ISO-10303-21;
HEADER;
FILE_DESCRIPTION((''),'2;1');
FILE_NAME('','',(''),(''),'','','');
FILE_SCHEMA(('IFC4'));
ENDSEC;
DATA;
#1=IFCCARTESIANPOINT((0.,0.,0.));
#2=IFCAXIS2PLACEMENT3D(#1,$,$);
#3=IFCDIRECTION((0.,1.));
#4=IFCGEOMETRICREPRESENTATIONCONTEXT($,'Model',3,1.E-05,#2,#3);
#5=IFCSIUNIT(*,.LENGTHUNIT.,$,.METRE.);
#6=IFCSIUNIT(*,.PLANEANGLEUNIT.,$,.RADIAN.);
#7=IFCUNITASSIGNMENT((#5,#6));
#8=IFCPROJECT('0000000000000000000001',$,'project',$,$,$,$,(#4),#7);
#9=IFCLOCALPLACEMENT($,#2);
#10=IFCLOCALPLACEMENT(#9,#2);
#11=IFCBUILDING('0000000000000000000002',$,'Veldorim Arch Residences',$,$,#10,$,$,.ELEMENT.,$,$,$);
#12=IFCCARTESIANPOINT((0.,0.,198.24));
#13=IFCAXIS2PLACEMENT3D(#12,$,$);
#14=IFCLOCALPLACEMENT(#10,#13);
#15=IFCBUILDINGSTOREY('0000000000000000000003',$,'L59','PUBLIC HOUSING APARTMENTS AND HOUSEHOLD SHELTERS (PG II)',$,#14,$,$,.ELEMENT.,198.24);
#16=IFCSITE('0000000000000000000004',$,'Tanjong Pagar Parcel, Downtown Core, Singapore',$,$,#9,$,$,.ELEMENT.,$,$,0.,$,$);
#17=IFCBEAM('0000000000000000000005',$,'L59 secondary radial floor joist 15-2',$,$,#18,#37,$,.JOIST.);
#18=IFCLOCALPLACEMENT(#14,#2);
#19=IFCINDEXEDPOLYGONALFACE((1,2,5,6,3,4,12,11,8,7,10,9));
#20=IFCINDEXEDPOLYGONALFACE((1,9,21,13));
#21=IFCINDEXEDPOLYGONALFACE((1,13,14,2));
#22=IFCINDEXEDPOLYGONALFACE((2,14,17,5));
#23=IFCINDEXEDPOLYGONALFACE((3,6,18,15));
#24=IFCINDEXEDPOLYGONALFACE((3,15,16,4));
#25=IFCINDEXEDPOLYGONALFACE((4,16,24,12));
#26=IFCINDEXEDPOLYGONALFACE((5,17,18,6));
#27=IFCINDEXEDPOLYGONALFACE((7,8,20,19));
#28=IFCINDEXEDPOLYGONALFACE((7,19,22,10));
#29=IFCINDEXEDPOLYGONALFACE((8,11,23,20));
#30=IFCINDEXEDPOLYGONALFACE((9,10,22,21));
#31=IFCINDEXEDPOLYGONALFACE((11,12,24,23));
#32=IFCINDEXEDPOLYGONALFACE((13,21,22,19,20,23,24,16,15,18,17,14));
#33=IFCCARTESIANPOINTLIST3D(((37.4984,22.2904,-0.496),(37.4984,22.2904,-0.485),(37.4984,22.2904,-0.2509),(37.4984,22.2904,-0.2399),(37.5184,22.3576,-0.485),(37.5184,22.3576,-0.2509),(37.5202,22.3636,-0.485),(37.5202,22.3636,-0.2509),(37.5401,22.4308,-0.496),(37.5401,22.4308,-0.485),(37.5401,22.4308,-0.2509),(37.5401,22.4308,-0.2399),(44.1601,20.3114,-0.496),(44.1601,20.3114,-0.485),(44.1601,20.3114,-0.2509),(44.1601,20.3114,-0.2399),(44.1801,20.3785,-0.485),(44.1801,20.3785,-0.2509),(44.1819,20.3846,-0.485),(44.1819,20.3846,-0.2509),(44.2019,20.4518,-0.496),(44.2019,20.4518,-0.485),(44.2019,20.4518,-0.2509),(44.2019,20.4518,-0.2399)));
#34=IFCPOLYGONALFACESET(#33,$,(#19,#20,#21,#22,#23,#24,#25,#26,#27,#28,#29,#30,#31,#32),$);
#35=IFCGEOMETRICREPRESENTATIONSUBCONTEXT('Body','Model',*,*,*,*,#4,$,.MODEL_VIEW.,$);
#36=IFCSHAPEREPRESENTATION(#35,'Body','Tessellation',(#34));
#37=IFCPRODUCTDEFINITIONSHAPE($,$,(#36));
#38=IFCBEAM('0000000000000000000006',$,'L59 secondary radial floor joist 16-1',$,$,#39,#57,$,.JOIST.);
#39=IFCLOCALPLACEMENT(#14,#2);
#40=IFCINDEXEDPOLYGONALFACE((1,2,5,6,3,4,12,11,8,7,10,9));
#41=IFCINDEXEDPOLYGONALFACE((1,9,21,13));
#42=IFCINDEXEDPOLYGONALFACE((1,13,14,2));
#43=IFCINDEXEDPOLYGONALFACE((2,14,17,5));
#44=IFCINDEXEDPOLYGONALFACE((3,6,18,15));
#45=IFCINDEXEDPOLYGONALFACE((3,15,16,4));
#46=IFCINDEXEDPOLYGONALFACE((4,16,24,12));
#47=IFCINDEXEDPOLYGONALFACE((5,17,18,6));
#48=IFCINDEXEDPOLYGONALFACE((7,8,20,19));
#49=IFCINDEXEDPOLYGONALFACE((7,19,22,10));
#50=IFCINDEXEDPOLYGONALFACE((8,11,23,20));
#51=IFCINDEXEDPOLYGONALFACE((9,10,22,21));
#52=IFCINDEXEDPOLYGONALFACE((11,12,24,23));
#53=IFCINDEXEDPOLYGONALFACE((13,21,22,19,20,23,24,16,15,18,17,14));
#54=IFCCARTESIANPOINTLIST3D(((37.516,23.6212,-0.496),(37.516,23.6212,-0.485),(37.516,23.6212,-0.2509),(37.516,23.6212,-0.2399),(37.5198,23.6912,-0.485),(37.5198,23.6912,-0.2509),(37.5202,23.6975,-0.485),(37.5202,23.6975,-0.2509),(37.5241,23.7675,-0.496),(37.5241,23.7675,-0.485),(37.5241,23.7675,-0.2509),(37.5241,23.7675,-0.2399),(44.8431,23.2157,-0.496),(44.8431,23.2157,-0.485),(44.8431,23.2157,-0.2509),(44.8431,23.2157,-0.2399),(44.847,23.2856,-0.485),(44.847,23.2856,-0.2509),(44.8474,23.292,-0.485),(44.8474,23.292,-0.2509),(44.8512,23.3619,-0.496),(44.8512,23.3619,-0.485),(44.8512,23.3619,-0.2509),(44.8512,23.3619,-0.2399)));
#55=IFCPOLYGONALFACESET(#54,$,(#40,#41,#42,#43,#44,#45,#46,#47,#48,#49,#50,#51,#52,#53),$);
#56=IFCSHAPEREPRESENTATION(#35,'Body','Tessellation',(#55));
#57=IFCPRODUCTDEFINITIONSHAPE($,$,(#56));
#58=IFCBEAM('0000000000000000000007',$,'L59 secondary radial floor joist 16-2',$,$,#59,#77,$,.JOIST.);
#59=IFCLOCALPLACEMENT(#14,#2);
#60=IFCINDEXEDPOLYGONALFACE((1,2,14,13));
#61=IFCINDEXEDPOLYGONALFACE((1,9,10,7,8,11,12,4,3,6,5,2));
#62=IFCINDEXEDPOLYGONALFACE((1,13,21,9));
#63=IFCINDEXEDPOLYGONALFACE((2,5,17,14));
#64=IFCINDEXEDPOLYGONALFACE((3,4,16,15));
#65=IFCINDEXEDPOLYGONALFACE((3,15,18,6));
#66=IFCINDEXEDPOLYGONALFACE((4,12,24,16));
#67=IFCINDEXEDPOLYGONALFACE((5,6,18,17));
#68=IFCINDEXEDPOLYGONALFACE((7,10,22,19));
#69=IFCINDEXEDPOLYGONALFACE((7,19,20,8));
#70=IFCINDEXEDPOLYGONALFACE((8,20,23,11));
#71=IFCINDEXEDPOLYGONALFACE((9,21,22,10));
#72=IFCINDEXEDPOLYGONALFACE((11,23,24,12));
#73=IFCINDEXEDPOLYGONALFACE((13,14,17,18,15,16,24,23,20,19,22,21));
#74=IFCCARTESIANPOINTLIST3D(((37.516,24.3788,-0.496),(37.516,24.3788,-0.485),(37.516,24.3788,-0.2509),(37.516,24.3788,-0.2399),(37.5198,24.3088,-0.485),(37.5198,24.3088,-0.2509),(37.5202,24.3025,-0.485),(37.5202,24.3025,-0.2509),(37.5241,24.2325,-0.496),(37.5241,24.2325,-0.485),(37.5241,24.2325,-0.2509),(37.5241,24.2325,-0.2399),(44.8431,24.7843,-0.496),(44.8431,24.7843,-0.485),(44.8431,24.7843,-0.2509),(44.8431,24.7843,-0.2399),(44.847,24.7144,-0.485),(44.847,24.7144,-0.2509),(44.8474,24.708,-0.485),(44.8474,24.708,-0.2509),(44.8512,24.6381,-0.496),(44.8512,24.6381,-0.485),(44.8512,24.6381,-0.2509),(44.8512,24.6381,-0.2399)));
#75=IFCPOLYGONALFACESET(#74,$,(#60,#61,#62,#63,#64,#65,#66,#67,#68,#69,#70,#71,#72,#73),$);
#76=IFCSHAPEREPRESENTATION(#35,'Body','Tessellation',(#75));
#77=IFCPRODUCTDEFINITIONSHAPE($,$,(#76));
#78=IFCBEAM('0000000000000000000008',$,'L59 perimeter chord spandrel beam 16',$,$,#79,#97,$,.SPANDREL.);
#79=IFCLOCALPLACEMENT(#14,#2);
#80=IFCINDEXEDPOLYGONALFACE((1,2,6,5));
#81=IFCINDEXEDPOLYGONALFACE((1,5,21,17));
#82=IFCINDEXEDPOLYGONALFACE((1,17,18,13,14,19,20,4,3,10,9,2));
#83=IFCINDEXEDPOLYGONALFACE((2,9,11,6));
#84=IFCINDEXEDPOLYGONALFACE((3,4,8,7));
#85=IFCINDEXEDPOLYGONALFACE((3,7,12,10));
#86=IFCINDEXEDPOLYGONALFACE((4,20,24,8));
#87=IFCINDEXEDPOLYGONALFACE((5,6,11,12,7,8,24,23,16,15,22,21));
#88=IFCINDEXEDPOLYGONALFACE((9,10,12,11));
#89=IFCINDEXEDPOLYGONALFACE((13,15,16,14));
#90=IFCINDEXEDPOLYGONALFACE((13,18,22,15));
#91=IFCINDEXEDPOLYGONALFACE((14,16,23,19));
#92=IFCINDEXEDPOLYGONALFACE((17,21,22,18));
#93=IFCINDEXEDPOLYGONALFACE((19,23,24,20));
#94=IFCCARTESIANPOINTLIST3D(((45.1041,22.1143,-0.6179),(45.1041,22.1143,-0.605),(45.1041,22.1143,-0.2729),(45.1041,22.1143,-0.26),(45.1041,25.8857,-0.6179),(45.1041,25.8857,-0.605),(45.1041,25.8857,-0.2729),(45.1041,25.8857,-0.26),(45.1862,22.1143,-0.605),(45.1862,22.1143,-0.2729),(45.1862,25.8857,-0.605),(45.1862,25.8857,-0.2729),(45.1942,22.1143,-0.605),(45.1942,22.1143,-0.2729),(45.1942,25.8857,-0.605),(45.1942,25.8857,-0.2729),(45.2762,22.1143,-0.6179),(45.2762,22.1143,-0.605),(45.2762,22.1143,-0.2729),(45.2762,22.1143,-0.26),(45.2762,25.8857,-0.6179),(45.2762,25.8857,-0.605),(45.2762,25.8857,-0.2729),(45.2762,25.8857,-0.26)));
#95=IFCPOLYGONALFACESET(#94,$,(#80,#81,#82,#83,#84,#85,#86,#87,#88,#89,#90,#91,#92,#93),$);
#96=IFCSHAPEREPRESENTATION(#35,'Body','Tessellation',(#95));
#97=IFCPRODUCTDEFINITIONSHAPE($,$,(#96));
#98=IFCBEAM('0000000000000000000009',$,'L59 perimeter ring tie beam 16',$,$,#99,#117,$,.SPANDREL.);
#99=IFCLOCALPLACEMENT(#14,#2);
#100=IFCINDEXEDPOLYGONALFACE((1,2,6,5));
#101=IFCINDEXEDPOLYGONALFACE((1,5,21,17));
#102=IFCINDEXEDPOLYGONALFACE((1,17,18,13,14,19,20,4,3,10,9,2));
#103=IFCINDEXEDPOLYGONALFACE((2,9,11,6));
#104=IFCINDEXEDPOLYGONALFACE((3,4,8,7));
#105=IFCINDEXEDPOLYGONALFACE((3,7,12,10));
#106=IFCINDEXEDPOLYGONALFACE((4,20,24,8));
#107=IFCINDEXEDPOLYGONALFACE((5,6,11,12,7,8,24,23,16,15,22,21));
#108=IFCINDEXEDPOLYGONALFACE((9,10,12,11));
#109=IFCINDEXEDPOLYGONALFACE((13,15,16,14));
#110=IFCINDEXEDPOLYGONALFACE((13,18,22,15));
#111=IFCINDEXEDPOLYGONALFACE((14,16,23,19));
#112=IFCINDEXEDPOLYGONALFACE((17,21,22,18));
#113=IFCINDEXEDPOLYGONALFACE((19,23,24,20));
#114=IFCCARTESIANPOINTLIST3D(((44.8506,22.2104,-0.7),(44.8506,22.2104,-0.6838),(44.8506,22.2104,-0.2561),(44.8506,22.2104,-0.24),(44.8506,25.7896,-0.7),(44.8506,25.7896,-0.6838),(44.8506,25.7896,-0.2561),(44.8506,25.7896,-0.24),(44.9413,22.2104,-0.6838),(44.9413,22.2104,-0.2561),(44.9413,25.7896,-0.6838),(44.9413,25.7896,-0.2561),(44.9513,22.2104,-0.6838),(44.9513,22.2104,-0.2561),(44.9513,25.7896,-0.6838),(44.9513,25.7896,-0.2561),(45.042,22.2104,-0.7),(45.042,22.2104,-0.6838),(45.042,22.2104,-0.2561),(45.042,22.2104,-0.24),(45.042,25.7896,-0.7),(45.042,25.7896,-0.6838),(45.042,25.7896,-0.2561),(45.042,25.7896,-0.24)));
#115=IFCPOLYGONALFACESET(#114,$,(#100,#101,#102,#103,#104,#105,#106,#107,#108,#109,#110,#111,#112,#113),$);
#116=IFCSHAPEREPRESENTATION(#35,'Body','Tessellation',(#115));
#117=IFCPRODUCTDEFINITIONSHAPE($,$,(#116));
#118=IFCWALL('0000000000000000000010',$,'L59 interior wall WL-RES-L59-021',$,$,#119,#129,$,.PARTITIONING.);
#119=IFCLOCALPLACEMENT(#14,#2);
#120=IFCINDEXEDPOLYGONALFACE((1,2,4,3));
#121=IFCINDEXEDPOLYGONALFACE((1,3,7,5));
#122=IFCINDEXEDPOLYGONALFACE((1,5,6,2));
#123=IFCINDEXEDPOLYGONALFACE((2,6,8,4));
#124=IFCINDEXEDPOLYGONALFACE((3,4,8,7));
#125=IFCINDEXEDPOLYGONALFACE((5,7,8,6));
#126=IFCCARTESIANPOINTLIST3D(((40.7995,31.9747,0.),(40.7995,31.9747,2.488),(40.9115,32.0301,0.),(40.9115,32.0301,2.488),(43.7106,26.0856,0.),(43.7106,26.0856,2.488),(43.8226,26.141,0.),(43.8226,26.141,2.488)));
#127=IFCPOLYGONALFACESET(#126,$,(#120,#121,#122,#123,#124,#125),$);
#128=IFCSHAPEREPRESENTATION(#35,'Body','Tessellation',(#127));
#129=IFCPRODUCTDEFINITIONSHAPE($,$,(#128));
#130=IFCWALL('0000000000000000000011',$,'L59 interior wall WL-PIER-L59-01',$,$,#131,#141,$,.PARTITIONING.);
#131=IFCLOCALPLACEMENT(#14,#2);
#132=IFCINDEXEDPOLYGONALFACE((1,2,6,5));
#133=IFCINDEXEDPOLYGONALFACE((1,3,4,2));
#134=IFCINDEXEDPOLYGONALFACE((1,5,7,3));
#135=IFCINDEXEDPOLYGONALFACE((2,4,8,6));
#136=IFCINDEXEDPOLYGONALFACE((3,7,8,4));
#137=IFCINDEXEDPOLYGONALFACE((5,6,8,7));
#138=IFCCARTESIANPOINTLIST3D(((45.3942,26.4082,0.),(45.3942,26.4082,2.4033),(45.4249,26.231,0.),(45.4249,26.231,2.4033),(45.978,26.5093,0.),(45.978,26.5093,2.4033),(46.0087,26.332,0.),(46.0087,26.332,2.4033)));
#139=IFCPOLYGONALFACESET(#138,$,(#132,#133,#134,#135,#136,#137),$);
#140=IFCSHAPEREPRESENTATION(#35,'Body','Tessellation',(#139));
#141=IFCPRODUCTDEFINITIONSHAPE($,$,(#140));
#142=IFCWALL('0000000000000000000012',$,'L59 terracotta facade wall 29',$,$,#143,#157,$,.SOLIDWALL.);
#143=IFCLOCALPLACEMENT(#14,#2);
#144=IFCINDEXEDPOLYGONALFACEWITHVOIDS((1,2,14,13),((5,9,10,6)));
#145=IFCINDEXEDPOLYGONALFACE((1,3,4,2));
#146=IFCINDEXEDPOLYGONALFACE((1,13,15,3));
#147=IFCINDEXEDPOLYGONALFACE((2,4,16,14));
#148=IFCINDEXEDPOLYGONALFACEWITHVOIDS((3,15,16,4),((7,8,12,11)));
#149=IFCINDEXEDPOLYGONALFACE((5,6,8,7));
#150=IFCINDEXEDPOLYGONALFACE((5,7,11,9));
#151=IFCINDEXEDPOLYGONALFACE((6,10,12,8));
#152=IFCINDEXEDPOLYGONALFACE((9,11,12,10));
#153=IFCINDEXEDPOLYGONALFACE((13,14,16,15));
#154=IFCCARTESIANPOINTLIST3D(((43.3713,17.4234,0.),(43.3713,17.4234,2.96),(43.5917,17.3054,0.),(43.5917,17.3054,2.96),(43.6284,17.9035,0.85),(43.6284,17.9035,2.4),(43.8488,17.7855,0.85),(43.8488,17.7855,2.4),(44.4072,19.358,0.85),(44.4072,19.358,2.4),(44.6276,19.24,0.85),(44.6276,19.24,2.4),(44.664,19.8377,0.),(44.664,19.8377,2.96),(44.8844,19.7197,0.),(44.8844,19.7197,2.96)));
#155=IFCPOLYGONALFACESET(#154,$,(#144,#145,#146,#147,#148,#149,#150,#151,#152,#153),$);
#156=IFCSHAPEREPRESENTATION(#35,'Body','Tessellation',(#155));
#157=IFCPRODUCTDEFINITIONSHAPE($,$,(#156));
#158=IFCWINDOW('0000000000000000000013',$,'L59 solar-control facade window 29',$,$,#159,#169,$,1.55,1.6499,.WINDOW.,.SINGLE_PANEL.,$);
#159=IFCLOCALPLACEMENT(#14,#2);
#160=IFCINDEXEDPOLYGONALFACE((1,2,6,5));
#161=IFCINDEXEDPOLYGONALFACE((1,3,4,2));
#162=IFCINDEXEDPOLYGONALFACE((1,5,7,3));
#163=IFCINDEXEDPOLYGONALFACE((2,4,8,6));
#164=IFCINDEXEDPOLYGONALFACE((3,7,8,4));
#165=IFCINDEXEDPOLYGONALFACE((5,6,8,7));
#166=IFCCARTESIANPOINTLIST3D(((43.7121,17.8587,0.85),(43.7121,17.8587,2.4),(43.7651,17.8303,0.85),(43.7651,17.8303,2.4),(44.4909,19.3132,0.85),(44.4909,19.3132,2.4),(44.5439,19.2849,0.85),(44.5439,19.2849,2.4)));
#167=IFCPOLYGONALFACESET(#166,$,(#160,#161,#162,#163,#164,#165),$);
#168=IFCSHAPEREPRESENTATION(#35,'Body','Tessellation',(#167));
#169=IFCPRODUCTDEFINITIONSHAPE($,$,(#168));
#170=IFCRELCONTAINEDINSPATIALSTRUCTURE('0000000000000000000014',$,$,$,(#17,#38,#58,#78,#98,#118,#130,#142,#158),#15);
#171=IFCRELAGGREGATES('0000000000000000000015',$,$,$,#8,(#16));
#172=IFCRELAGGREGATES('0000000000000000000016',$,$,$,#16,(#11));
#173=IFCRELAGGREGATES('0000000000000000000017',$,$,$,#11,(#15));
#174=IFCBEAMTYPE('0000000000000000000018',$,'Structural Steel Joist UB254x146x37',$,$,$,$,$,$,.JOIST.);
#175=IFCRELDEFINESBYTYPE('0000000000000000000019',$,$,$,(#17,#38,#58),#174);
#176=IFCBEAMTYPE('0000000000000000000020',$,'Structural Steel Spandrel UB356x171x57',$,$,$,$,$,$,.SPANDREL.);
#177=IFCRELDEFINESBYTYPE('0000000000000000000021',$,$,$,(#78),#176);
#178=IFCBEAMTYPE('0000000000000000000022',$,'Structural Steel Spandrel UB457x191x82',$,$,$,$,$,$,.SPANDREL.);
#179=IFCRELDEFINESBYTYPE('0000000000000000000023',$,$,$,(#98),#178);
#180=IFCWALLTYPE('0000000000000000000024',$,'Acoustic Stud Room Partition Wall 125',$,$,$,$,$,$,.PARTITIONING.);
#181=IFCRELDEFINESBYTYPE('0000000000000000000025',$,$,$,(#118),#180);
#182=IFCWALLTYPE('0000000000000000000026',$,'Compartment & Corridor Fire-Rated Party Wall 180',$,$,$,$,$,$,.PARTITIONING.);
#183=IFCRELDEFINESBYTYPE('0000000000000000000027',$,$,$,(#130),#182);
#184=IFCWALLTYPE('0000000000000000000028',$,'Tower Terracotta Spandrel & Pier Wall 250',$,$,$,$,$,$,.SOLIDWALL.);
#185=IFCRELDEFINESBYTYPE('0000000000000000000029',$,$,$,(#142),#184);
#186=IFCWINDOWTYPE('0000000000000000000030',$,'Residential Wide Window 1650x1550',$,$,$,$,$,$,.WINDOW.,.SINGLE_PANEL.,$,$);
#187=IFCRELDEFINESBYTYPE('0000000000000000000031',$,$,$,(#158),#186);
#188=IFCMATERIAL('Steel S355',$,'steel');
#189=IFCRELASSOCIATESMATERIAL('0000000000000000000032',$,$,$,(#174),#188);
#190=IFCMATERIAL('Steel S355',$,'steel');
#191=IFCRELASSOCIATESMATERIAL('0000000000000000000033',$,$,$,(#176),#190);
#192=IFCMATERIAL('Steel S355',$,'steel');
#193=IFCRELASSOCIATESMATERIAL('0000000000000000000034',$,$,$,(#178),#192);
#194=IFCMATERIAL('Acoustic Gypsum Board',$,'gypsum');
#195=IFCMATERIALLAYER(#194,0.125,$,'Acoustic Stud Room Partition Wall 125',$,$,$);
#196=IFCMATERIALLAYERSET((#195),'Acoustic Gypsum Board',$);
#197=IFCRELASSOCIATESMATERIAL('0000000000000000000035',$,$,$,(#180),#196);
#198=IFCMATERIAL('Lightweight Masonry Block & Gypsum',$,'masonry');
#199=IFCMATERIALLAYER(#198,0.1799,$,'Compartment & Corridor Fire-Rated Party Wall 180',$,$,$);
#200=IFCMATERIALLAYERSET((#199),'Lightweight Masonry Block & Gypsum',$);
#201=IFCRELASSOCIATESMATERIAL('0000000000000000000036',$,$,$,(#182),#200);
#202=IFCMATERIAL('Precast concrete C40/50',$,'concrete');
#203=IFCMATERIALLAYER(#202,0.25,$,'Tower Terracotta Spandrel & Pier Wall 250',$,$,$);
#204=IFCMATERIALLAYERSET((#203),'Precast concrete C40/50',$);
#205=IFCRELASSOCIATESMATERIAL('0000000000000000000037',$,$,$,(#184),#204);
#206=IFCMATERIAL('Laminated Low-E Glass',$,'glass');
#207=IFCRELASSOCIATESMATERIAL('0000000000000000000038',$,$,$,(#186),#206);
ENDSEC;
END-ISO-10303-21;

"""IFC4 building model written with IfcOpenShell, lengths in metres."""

from ifc_helpers import new_model, si_unit, direction, frame, frame_2d, origin, origin_2d, place, context, subcontext, project, spatial, rectangle, i_section, extrude, material, layer, layer_set, material_profile, profile_set, type_object, element, fill, save


model = new_model("IFC4")

# Units and contexts
model_context = context("Model", 3, precision=1e-05, world=origin(), true_north=direction((0.0, 1.0)))
body_context = subcontext(model_context, "Body", "Model", "MODEL_VIEW")
ifc_project = project(units=[si_unit("LENGTHUNIT", "METRE"), si_unit("PLANEANGLEUNIT", "RADIAN")], contexts=[model_context])

# Site, building, storey
site_placement = place(None, origin())
site = spatial("IfcSite", under=ifc_project, at=site_placement, Name="Tanjong Pagar Parcel, Downtown Core, Singapore", CompositionType="ELEMENT", RefElevation=0.0)
building_placement = place(site_placement, origin())
building = spatial("IfcBuilding", under=site, at=building_placement, Name="Veldorim Arch Residences", CompositionType="ELEMENT")
storey_placement = place(building_placement, frame((0.0, 0.0, 198.24)))
storey = spatial("IfcBuildingStorey", under=building, at=storey_placement, Name="L59", Description="PUBLIC HOUSING APARTMENTS AND HOUSEHOLD SHELTERS (PG II)", CompositionType="ELEMENT", Elevation=198.24)

# Beams
ifc_material_1 = material(Name="Steel S355", Category="steel")
ifc_material_profile_1 = material_profile(ifc_material_1, i_section(OverallWidth=0.1465, OverallDepth=0.2561, WebThickness=0.0063, FlangeThickness=0.011, at=origin_2d()), Name="UB254x146x37")
ifc_profile_set_1 = profile_set([ifc_material_profile_1], Name="Steel S355")
beam_type_1 = type_object("IfcBeamType", Name="Structural Steel Joist UB254x146x37", PredefinedType="JOIST", material=ifc_profile_set_1)
beam_1_placement = place(storey_placement, frame((37.5193, 22.3606, -0.3679), z_axis=(0.958594, -0.284775, 0.0), x_axis=(0.284775, 0.958594, 0.0)))
element("IfcBeam", 1, at=beam_1_placement, inside=storey, type_object=beam_type_1, Name="L59 secondary radial floor joist 15-2", PredefinedType="JOIST", context=body_context, shape_type="SweptSolid", body=[
    extrude(i_section(OverallWidth=0.1465, OverallDepth=0.2561, WebThickness=0.0063, FlangeThickness=0.011, at=origin_2d()), origin(), (0.0, 0.0, 1.0), 6.9495),
])
for number, where, z_axis, x_axis, name in (
    (2, (37.52, 23.6943, -0.3679), (0.998472, -0.05526, 0.0), (0.05526, 0.998472, 0.0), "L59 secondary radial floor joist 16-1"),
    (3, (37.52, 24.3057, -0.3679), (0.998472, 0.05526, 0.0), (-0.05526, 0.998472, 0.0), "L59 secondary radial floor joist 16-2"),
):
    element("IfcBeam", number, at=place(storey_placement, frame(where, z_axis=z_axis, x_axis=x_axis)), inside=storey, type_object=beam_type_1, Name=name, PredefinedType="JOIST", context=body_context, shape_type="SweptSolid", body=[
        extrude(i_section(OverallWidth=0.1465, OverallDepth=0.2561, WebThickness=0.0063, FlangeThickness=0.011, at=origin_2d()), origin(), (0.0, 0.0, 1.0), 7.3384),
    ])
ifc_material_2 = material(Name="Steel S355", Category="steel")
ifc_material_profile_2 = material_profile(ifc_material_2, i_section(OverallWidth=0.1721, OverallDepth=0.3579, WebThickness=0.0081, FlangeThickness=0.0129, at=origin_2d()), Name="UB356x171x57")
ifc_profile_set_2 = profile_set([ifc_material_profile_2], Name="Steel S355")
beam_type_2 = type_object("IfcBeamType", Name="Structural Steel Spandrel UB356x171x57", PredefinedType="SPANDREL", material=ifc_profile_set_2)
beam_2_placement = place(storey_placement, frame((45.1902, 22.1143, -0.439), z_axis=(0.0, 1.0, 0.0), x_axis=(-1.0, 0.0, 0.0)))
element("IfcBeam", 4, at=beam_2_placement, inside=storey, type_object=beam_type_2, Name="L59 perimeter chord spandrel beam 16", PredefinedType="SPANDREL", context=body_context, shape_type="SweptSolid", body=[
    extrude(i_section(OverallWidth=0.1721, OverallDepth=0.3579, WebThickness=0.0081, FlangeThickness=0.0129, at=origin_2d()), origin(), (0.0, 0.0, 1.0), 3.7715),
])
ifc_material_3 = material(Name="Steel S355", Category="steel")
ifc_material_profile_3 = material_profile(ifc_material_3, i_section(OverallWidth=0.1914, OverallDepth=0.46, WebThickness=0.01, FlangeThickness=0.0161, at=origin_2d()), Name="UB457x191x82")
ifc_profile_set_3 = profile_set([ifc_material_profile_3], Name="Steel S355")
beam_type_3 = type_object("IfcBeamType", Name="Structural Steel Spandrel UB457x191x82", PredefinedType="SPANDREL", material=ifc_profile_set_3)
beam_3_placement = place(storey_placement, frame((44.9463, 22.2104, -0.47), z_axis=(0.0, 1.0, 0.0), x_axis=(-1.0, 0.0, 0.0)))
element("IfcBeam", 5, at=beam_3_placement, inside=storey, type_object=beam_type_3, Name="L59 perimeter ring tie beam 16", PredefinedType="SPANDREL", context=body_context, shape_type="SweptSolid", body=[
    extrude(i_section(OverallWidth=0.1914, OverallDepth=0.46, WebThickness=0.01, FlangeThickness=0.0161, at=origin_2d()), origin(), (0.0, 0.0, 1.0), 3.5791),
])

# Walls
ifc_material_4 = material(Name="Acoustic Gypsum Board", Category="gypsum")
ifc_layer_1 = layer(ifc_material_4, 0.125, Name="Acoustic Stud Room Partition Wall 125")
ifc_layer_set_1 = layer_set([ifc_layer_1], Name="Acoustic Gypsum Board")
wall_type_1 = type_object("IfcWallType", Name="Acoustic Stud Room Partition Wall 125", PredefinedType="PARTITIONING", material=ifc_layer_set_1)
wall_1_placement = place(storey_placement, frame((43.7666, 26.1133, 0.0), z_axis=(0.0, 0.0, 1.0), x_axis=(-0.443136, 0.896454, 0.0)))
element("IfcWall", 6, at=wall_1_placement, inside=storey, type_object=wall_type_1, Name="L59 interior wall WL-RES-L59-021", PredefinedType="PARTITIONING", context=body_context, shape_type="SweptSolid", body=[
    extrude(rectangle(XDim=6.5693, YDim=0.125, at=frame_2d((3.2847, 0.0))), origin(), (0.0, 0.0, 1.0), 2.488),
])
ifc_material_5 = material(Name="Lightweight Masonry Block & Gypsum", Category="masonry")
ifc_layer_2 = layer(ifc_material_5, 0.1799, Name="Compartment & Corridor Fire-Rated Party Wall 180")
ifc_layer_set_2 = layer_set([ifc_layer_2], Name="Lightweight Masonry Block & Gypsum")
wall_type_2 = type_object("IfcWallType", Name="Compartment & Corridor Fire-Rated Party Wall 180", PredefinedType="PARTITIONING", material=ifc_layer_set_2)
wall_2_placement = place(storey_placement, frame((45.4094, 26.3196, 0.0), z_axis=(0.0, 0.0, 1.0), x_axis=(0.985339, 0.170611, 0.0)))
element("IfcWall", 7, at=wall_2_placement, inside=storey, type_object=wall_type_2, Name="L59 interior wall WL-PIER-L59-01", PredefinedType="PARTITIONING", context=body_context, shape_type="SweptSolid", body=[
    extrude(rectangle(XDim=0.5925, YDim=0.1799, at=frame_2d((0.2964, 0.0))), origin(), (0.0, 0.0, 1.0), 2.4033),
])

# Wall, opening, window
ifc_material_6 = material(Name="Precast concrete C40/50", Category="concrete")
ifc_layer_3 = layer(ifc_material_6, 0.25, Name="Tower Terracotta Spandrel & Pier Wall 250")
ifc_layer_set_3 = layer_set([ifc_layer_3], Name="Precast concrete C40/50")
wall_type_3 = type_object("IfcWallType", Name="Tower Terracotta Spandrel & Pier Wall 250", PredefinedType="SOLIDWALL", material=ifc_layer_set_3)
wall_3_placement = place(storey_placement, frame((44.7742, 19.7786, 0.0), z_axis=(0.0, 0.0, 1.0), x_axis=(-0.472036, -0.881579, 0.0)))
wall_3 = element("IfcWall", 8, at=wall_3_placement, inside=storey, type_object=wall_type_3, Name="L59 terracotta facade wall 29", PredefinedType="SOLIDWALL", context=body_context, shape_type="SweptSolid", body=[
    extrude(rectangle(XDim=2.7385, YDim=0.25, at=frame_2d((1.3691, 0.0))), origin(), (0.0, 0.0, 1.0), 2.96),
])
opening_1_placement = place(wall_3_placement, frame((0.5439, 0.0, 0.8501)))
opening_1 = element("IfcOpeningElement", 9, at=opening_1_placement, cuts=wall_3, PredefinedType="OPENING", context=body_context, shape_type="SweptSolid", body=[
    extrude(rectangle(XDim=1.6499, YDim=1.55, at=frame_2d((0.825, 0.7749))), frame((0.0, 0.135, 0.0), z_axis=(0.0, -1.0, 0.0), x_axis=(1.0, 0.0, 0.0)), (0.0, 0.0, 1.0), 0.27),
])
ifc_material_7 = material(Name="Laminated Low-E Glass", Category="glass")
window_type = type_object("IfcWindowType", Name="Residential Wide Window 1650x1550", PartitioningType="SINGLE_PANEL", PredefinedType="WINDOW", material=ifc_material_7)
window_placement = place(opening_1_placement, origin())
window = element("IfcWindow", 10, at=window_placement, inside=storey, type_object=window_type, Name="L59 solar-control facade window 29", OverallHeight=1.55, OverallWidth=1.6499, PartitioningType="SINGLE_PANEL", PredefinedType="WINDOW", context=body_context, shape_type="SweptSolid", body=[
    extrude(rectangle(XDim=1.6499, YDim=1.55, at=frame_2d((0.825, 0.7749))), frame((0.0, 0.03, 0.0), z_axis=(0.0, -1.0, 0.0), x_axis=(1.0, 0.0, 0.0)), (0.0, 0.0, 1.0), 0.0601),
])
fill(opening_1, window)

save(model, "model.ifc")
